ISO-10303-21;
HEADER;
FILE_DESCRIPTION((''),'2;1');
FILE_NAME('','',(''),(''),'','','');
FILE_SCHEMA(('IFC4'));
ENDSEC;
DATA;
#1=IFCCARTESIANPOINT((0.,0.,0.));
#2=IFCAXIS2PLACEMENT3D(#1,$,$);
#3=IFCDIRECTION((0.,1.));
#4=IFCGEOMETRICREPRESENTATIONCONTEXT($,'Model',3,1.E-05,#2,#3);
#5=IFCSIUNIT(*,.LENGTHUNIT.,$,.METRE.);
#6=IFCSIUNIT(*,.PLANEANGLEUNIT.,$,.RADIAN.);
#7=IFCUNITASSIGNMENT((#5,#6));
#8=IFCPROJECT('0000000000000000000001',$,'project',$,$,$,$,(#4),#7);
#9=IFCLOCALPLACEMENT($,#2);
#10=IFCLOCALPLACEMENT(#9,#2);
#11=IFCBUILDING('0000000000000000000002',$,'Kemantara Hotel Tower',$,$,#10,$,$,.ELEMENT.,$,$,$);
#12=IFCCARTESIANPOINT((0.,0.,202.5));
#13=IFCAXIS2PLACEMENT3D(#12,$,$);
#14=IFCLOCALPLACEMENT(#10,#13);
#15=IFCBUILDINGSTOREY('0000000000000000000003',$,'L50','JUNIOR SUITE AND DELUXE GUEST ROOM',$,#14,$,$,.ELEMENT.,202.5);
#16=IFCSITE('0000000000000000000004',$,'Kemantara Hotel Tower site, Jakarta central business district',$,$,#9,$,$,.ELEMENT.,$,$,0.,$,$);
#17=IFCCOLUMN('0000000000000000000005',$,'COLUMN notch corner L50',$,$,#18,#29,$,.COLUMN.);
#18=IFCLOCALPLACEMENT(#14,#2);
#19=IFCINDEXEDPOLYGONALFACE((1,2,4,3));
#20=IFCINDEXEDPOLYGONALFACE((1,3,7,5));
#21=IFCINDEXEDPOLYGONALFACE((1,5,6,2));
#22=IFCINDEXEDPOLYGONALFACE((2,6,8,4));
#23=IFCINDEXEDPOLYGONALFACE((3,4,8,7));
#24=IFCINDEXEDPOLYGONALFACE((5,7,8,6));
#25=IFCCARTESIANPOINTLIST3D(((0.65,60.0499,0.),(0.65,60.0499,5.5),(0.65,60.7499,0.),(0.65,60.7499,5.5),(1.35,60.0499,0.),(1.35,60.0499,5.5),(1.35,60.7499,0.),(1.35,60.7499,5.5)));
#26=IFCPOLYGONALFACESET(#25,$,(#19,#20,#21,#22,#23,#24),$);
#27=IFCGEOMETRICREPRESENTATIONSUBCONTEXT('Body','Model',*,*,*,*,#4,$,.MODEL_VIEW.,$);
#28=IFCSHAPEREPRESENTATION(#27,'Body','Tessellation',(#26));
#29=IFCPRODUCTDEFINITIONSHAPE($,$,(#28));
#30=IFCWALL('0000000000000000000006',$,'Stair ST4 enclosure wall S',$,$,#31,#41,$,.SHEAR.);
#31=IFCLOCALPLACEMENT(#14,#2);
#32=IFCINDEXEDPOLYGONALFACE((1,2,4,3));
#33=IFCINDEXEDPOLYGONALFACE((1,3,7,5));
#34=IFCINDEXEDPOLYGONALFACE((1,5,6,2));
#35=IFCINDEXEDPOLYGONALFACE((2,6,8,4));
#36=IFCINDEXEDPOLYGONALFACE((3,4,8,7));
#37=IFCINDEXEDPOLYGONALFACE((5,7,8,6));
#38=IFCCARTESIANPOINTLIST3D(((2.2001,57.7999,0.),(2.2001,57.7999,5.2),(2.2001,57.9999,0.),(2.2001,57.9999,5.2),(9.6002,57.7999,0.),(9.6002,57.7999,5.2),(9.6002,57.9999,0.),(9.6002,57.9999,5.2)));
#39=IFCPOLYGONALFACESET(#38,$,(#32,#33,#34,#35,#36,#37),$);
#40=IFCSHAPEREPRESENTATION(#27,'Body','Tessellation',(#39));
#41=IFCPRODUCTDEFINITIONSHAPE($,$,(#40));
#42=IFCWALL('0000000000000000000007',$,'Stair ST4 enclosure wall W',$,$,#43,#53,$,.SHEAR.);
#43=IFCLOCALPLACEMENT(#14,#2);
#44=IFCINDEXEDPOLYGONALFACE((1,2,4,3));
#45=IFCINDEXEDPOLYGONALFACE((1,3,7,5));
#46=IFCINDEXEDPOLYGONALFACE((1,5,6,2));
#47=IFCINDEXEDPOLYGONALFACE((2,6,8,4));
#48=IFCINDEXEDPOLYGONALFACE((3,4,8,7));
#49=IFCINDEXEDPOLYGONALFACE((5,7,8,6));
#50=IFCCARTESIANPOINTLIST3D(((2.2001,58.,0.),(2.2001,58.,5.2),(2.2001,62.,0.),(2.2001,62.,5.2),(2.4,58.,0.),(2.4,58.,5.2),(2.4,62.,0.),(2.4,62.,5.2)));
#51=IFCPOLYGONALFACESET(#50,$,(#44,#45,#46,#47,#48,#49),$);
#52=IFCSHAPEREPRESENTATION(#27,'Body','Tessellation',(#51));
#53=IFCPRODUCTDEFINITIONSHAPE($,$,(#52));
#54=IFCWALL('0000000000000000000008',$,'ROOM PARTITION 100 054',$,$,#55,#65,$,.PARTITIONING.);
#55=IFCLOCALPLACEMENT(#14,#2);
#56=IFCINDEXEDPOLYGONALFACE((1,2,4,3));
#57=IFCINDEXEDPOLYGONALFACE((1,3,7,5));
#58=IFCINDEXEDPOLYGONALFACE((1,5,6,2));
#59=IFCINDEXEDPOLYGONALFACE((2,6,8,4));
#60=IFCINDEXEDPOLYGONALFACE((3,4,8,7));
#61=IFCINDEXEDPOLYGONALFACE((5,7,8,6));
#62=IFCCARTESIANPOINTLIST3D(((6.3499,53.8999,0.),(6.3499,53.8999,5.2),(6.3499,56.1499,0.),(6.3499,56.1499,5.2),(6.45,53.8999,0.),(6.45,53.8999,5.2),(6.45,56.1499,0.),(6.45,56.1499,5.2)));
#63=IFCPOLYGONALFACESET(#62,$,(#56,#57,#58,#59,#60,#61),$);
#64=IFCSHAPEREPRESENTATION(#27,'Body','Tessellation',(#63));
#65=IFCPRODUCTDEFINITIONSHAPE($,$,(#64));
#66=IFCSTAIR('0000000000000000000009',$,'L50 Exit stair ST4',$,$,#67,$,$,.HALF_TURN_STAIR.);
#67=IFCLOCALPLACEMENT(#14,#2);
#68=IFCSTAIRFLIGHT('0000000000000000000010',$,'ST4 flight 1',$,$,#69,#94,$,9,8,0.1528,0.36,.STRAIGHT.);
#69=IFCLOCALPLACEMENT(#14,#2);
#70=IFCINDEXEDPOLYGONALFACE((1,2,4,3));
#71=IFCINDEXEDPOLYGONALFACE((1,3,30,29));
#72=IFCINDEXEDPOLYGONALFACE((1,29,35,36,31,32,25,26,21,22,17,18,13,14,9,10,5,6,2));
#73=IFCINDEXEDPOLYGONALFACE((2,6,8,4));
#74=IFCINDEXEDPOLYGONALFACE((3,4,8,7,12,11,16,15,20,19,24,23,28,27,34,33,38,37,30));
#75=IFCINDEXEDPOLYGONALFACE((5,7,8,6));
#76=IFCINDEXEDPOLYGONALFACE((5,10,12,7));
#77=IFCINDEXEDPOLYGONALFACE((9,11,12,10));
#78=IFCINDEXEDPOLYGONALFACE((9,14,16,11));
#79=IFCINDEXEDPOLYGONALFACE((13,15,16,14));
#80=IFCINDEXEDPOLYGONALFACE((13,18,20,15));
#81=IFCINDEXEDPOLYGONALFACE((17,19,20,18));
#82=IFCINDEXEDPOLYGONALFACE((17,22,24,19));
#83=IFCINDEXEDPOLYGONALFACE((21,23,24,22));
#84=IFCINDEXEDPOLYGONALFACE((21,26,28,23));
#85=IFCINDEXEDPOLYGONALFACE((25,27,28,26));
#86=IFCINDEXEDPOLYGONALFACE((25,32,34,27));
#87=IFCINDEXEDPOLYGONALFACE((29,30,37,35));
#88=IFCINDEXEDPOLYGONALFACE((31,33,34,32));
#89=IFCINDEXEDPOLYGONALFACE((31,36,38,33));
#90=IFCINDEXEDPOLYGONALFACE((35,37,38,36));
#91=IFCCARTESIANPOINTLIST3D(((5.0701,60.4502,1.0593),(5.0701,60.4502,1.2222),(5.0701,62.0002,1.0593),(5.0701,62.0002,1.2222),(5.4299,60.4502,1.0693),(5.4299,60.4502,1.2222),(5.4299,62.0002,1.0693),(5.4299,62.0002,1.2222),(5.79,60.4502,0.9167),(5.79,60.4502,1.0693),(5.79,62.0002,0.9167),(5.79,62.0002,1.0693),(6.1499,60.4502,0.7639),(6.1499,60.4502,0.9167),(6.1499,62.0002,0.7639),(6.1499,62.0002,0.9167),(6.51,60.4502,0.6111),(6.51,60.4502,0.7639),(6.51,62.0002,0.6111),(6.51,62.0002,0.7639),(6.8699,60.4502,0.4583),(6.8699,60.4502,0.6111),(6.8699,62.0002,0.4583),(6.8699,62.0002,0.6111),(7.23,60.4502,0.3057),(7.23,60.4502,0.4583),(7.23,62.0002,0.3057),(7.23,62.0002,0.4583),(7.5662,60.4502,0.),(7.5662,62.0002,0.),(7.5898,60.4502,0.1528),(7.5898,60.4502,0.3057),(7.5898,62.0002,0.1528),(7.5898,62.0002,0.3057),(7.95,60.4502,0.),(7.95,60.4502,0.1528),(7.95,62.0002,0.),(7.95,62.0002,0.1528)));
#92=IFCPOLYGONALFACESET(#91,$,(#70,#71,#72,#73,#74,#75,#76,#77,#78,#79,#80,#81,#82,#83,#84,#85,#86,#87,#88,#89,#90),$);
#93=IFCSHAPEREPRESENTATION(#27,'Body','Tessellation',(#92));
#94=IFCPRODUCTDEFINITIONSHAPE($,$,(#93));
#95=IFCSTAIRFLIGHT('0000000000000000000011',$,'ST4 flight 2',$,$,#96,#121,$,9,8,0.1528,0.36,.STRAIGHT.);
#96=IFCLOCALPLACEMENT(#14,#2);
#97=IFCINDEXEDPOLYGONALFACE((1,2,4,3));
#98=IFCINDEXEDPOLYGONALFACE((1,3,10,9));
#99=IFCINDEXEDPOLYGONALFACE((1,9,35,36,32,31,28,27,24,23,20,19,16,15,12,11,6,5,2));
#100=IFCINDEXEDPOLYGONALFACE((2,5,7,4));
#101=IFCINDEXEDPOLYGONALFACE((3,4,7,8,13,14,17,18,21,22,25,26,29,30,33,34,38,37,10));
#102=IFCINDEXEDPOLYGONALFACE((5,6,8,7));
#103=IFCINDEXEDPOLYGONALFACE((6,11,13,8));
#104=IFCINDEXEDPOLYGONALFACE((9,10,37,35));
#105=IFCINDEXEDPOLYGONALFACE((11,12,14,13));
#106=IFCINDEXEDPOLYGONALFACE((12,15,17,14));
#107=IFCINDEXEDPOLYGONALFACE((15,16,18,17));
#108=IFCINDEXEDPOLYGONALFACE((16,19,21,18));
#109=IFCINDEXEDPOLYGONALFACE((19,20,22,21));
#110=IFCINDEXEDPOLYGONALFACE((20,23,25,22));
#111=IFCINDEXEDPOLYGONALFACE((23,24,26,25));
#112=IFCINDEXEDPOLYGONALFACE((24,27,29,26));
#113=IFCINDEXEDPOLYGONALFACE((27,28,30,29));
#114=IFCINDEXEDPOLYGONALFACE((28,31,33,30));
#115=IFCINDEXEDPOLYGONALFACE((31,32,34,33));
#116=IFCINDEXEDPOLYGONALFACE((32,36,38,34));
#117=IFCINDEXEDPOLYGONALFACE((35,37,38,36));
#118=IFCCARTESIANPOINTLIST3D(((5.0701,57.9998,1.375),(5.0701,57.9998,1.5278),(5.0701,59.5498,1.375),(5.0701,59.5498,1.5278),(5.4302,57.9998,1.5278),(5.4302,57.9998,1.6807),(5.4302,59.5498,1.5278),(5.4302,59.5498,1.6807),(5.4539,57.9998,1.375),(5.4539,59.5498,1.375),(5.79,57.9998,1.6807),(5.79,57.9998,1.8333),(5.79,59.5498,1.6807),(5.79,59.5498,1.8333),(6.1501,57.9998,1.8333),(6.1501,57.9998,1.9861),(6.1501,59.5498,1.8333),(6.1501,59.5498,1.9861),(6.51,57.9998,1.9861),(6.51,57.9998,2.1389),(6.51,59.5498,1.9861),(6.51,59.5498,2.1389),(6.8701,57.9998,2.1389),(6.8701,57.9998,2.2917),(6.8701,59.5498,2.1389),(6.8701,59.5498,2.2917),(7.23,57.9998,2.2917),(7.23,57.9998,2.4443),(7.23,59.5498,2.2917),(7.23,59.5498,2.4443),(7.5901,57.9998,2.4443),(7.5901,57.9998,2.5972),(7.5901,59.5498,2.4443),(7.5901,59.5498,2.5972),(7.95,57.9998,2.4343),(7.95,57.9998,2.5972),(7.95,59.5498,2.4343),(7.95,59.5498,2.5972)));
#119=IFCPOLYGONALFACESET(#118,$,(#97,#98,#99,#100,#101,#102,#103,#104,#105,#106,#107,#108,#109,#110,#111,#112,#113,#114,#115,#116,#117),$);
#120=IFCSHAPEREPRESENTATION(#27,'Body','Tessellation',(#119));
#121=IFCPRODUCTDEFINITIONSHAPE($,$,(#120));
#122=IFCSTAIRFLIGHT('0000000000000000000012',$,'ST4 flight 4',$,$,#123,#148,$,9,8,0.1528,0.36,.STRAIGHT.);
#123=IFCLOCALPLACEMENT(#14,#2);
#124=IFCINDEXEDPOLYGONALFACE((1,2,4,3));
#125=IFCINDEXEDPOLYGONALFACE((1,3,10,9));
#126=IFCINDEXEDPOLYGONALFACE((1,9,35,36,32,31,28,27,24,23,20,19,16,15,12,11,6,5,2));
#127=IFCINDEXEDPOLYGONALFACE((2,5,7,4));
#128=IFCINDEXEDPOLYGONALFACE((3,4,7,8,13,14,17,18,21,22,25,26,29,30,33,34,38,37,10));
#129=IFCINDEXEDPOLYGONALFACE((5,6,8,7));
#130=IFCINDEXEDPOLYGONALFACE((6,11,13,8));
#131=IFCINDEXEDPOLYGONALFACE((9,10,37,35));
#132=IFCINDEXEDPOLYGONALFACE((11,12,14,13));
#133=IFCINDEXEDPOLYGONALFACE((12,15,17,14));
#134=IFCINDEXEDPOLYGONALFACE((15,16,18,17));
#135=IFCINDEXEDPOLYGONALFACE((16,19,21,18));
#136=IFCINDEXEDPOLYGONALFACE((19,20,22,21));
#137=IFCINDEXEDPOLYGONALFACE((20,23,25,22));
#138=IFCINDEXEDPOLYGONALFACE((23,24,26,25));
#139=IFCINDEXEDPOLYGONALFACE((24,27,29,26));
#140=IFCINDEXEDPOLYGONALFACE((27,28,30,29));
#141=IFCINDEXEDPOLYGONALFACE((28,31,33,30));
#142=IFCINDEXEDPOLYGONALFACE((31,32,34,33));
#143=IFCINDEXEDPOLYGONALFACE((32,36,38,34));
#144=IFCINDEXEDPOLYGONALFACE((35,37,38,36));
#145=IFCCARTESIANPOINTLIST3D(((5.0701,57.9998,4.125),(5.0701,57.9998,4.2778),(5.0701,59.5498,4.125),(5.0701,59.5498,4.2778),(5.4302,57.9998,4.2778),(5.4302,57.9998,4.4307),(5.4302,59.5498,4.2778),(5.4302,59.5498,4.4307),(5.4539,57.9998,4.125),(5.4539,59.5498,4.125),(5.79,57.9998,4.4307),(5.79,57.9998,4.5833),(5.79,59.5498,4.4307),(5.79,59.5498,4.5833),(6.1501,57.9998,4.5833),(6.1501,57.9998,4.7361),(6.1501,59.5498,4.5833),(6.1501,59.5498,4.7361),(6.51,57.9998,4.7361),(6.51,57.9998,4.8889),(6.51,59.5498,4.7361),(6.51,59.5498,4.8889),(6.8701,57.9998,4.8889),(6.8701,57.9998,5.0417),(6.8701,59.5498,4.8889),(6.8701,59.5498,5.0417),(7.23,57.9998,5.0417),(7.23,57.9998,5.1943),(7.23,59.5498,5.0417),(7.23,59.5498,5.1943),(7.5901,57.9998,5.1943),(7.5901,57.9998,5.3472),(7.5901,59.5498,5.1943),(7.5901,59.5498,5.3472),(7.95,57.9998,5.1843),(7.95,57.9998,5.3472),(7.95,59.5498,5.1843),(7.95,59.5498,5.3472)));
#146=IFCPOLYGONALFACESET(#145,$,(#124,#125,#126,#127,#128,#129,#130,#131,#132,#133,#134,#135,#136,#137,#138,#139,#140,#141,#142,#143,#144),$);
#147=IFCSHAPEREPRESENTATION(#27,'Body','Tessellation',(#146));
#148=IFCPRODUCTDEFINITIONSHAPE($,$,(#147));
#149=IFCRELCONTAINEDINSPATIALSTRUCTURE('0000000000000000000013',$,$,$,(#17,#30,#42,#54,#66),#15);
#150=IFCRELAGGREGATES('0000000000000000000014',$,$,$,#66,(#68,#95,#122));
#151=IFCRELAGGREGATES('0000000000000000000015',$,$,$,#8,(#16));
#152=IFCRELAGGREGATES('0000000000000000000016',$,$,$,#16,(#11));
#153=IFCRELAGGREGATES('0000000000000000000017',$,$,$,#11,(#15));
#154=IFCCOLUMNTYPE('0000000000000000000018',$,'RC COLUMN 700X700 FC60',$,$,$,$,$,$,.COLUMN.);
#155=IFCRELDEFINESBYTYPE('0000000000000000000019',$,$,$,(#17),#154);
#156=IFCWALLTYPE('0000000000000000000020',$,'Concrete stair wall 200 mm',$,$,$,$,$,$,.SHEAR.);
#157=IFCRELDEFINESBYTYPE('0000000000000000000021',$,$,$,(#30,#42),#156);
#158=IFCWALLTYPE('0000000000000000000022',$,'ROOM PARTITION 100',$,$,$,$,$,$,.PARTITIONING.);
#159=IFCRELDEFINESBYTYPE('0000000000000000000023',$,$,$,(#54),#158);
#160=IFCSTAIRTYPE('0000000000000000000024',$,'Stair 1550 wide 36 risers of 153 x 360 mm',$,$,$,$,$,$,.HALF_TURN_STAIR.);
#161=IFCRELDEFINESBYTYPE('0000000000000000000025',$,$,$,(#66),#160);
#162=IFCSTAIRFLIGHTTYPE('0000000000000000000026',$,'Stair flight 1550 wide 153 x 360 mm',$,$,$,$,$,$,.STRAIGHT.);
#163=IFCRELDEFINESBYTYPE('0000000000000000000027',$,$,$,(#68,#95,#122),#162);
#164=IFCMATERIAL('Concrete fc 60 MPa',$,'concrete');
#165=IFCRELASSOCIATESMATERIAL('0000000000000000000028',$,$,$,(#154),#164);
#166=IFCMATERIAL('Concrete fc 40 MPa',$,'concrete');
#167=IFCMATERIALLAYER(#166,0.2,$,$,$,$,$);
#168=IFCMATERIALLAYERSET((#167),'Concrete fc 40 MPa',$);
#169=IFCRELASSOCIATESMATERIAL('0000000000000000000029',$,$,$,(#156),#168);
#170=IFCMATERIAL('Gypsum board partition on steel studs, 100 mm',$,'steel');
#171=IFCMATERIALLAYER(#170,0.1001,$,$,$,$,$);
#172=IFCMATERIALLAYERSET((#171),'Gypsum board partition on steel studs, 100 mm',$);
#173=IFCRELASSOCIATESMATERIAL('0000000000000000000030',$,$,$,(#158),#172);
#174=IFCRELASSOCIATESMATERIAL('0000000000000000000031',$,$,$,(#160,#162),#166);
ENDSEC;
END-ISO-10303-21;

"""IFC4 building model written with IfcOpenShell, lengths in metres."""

from ifc_helpers import new_model, si_unit, direction, frame, frame_2d, origin, origin_2d, place, context, subcontext, project, spatial, polyline, rectangle, outline, extrude, material, layer, layer_set, material_profile, profile_set, type_object, element, aggregate, save


model = new_model("IFC4")

# Units and contexts
model_context = context("Model", 3, precision=1e-05, world=origin(), true_north=direction((0.0, 1.0)))
body_context = subcontext(model_context, "Body", "Model", "MODEL_VIEW")
ifc_project = project(units=[si_unit("LENGTHUNIT", "METRE"), si_unit("PLANEANGLEUNIT", "RADIAN")], contexts=[model_context])

# Site, building, storey
site_placement = place(None, origin())
site = spatial("IfcSite", under=ifc_project, at=site_placement, Name="Kemantara Hotel Tower site, Jakarta central business district", CompositionType="ELEMENT", RefElevation=0.0)
building_placement = place(site_placement, origin())
building = spatial("IfcBuilding", under=site, at=building_placement, Name="Kemantara Hotel Tower", CompositionType="ELEMENT")
storey_placement = place(building_placement, frame((0.0, 0.0, 202.5)))
storey = spatial("IfcBuildingStorey", under=building, at=storey_placement, Name="L50", Description="JUNIOR SUITE AND DELUXE GUEST ROOM", CompositionType="ELEMENT", Elevation=202.5)

# Column
ifc_material_1 = material(Name="Concrete fc 60 MPa", Category="concrete")
ifc_material_profile = material_profile(ifc_material_1, rectangle(XDim=0.7, YDim=0.7, at=origin_2d()), Name="RC 700X700")
ifc_profile_set = profile_set([ifc_material_profile], Name="Concrete fc 60 MPa")
column_type = type_object("IfcColumnType", Name="RC COLUMN 700X700 FC60", PredefinedType="COLUMN", material=ifc_profile_set)
column_placement = place(storey_placement, frame((1.0, 60.3999, 0.0), z_axis=(0.0, 0.0, 1.0), x_axis=(1.0, 0.0, 0.0)))
element("IfcColumn", 1, at=column_placement, inside=storey, type_object=column_type, Name="COLUMN notch corner L50", PredefinedType="COLUMN", context=body_context, shape_type="SweptSolid", body=[
    extrude(rectangle(XDim=0.7, YDim=0.7, at=origin_2d()), origin(), (0.0, 0.0, 1.0), 5.5),
])

# Walls
ifc_material_2 = material(Name="Concrete fc 40 MPa", Category="concrete")
ifc_layer_1 = layer(ifc_material_2, 0.2)
ifc_layer_set_1 = layer_set([ifc_layer_1], Name="Concrete fc 40 MPa")
wall_type_1 = type_object("IfcWallType", Name="Concrete stair wall 200 mm", PredefinedType="SHEAR", material=ifc_layer_set_1)
wall_1_placement = place(storey_placement, frame((2.2, 57.8999, 0.0), z_axis=(0.0, 0.0, 1.0), x_axis=(1.0, 0.0, 0.0)))
element("IfcWall", 2, at=wall_1_placement, inside=storey, type_object=wall_type_1, Name="Stair ST4 enclosure wall S", PredefinedType="SHEAR", context=body_context, shape_type="SweptSolid", body=[
    extrude(rectangle(XDim=7.4001, YDim=0.2, at=frame_2d((3.7002, 0.0))), origin(), (0.0, 0.0, 1.0), 5.2),
])
wall_2_placement = place(storey_placement, frame((2.3, 58.0, 0.0), z_axis=(0.0, 0.0, 1.0), x_axis=(0.0, 1.0, 0.0)))
element("IfcWall", 3, at=wall_2_placement, inside=storey, type_object=wall_type_1, Name="Stair ST4 enclosure wall W", PredefinedType="SHEAR", context=body_context, shape_type="SweptSolid", body=[
    extrude(rectangle(XDim=4.0, YDim=0.2, at=frame_2d((2.0, 0.0))), origin(), (0.0, 0.0, 1.0), 5.2),
])
ifc_material_3 = material(Name="Gypsum board partition on steel studs, 100 mm", Category="steel")
ifc_layer_2 = layer(ifc_material_3, 0.1001)
ifc_layer_set_2 = layer_set([ifc_layer_2], Name="Gypsum board partition on steel studs, 100 mm")
wall_type_2 = type_object("IfcWallType", Name="ROOM PARTITION 100", PredefinedType="PARTITIONING", material=ifc_layer_set_2)
wall_3_placement = place(storey_placement, frame((6.3999, 53.8999, 0.0), z_axis=(0.0, 0.0, 1.0), x_axis=(0.0, 1.0, 0.0)))
element("IfcWall", 4, at=wall_3_placement, inside=storey, type_object=wall_type_2, Name="ROOM PARTITION 100 054", PredefinedType="PARTITIONING", context=body_context, shape_type="SweptSolid", body=[
    extrude(rectangle(XDim=2.25, YDim=0.1001, at=frame_2d((1.125, 0.0))), origin(), (0.0, 0.0, 1.0), 5.2),
])

# Stair, stair flights
stair_type = type_object("IfcStairType", Name="Stair 1550 wide 36 risers of 153 x 360 mm", PredefinedType="HALF_TURN_STAIR", material=ifc_material_2)
stair_placement = place(storey_placement, origin())
stair = element("IfcStair", 5, at=stair_placement, inside=storey, type_object=stair_type, Name="L50 Exit stair ST4", PredefinedType="HALF_TURN_STAIR")
stair_flight_type = type_object("IfcStairFlightType", Name="Stair flight 1550 wide 153 x 360 mm", PredefinedType="STRAIGHT", material=ifc_material_2)
stair_flight_1_placement = place(storey_placement, frame((7.95, 61.2251, 0.0), z_axis=(0.0, 0.0, 1.0), x_axis=(-1.0, 0.0, 0.0)))
stair_flight_1 = element("IfcStairFlight", 6, at=stair_flight_1_placement, type_object=stair_flight_type, Name="ST4 flight 1", NumberOfRisers=9, NumberOfTreads=8, PredefinedType="STRAIGHT", RiserHeight=0.1528, TreadLength=0.36, context=body_context, shape_type="SweptSolid", body=[
    extrude(outline(polyline([(0.0, 0.0), (0.0, 0.1528), (0.3601, 0.1528), (0.3601, 0.3057), (0.72, 0.3057), (0.72, 0.4583), (1.0801, 0.4583), (1.0801, 0.6111), (1.4399, 0.6111), (1.4399, 0.7639), (1.8, 0.7639), (1.8, 0.9167), (2.1599, 0.9167), (2.1599, 1.0693), (2.52, 1.0693), (2.52, 1.2222), (2.8799, 1.2222), (2.8799, 1.375), (2.8799, 1.0593), (0.3838, 0.0), (0.0, 0.0)])), frame((0.0, 0.7749, 0.0), z_axis=(0.0, -1.0, 0.0), x_axis=(1.0, 0.0, 0.0)), (0.0, 0.0, 1.0), 1.55),
])
stair_flight_2_placement = place(storey_placement, frame((5.0701, 58.7749, 1.375), z_axis=(0.0, 0.0, 1.0), x_axis=(1.0, 0.0, 0.0)))
stair_flight_2 = element("IfcStairFlight", 7, at=stair_flight_2_placement, type_object=stair_flight_type, Name="ST4 flight 2", NumberOfRisers=9, NumberOfTreads=8, PredefinedType="STRAIGHT", RiserHeight=0.1528, TreadLength=0.36, context=body_context, shape_type="SweptSolid", body=[
    extrude(outline(polyline([(0.0, 0.0), (0.0, 0.1528), (0.3601, 0.1528), (0.3601, 0.3057), (0.72, 0.3057), (0.72, 0.4583), (1.0801, 0.4583), (1.0801, 0.6111), (1.4399, 0.6111), (1.4399, 0.7639), (1.8, 0.7639), (1.8, 0.9167), (2.1599, 0.9167), (2.1599, 1.0693), (2.52, 1.0693), (2.52, 1.2222), (2.8799, 1.2222), (2.8799, 1.375), (2.8799, 1.0593), (0.3838, 0.0), (0.0, 0.0)])), frame((0.0, 0.7749, 0.0), z_axis=(0.0, -1.0, 0.0), x_axis=(1.0, 0.0, 0.0)), (0.0, 0.0, 1.0), 1.55),
])
stair_flight_3_placement = place(storey_placement, frame((5.0701, 58.7749, 4.125), z_axis=(0.0, 0.0, 1.0), x_axis=(1.0, 0.0, 0.0)))
stair_flight_3 = element("IfcStairFlight", 8, at=stair_flight_3_placement, type_object=stair_flight_type, Name="ST4 flight 4", NumberOfRisers=9, NumberOfTreads=8, PredefinedType="STRAIGHT", RiserHeight=0.1528, TreadLength=0.36, context=body_context, shape_type="SweptSolid", body=[
    extrude(outline(polyline([(0.0, 0.0), (0.0, 0.1528), (0.3601, 0.1528), (0.3601, 0.3057), (0.72, 0.3057), (0.72, 0.4583), (1.0801, 0.4583), (1.0801, 0.6111), (1.4399, 0.6111), (1.4399, 0.7639), (1.8, 0.7639), (1.8, 0.9167), (2.1599, 0.9167), (2.1599, 1.0693), (2.52, 1.0693), (2.52, 1.2222), (2.8799, 1.2222), (2.8799, 1.375), (2.8799, 1.0593), (0.3838, 0.0), (0.0, 0.0)])), frame((0.0, 0.7749, 0.0), z_axis=(0.0, -1.0, 0.0), x_axis=(1.0, 0.0, 0.0)), (0.0, 0.0, 1.0), 1.55),
])
aggregate(stair, [stair_flight_1, stair_flight_2, stair_flight_3])

save(model, "model.ifc")
